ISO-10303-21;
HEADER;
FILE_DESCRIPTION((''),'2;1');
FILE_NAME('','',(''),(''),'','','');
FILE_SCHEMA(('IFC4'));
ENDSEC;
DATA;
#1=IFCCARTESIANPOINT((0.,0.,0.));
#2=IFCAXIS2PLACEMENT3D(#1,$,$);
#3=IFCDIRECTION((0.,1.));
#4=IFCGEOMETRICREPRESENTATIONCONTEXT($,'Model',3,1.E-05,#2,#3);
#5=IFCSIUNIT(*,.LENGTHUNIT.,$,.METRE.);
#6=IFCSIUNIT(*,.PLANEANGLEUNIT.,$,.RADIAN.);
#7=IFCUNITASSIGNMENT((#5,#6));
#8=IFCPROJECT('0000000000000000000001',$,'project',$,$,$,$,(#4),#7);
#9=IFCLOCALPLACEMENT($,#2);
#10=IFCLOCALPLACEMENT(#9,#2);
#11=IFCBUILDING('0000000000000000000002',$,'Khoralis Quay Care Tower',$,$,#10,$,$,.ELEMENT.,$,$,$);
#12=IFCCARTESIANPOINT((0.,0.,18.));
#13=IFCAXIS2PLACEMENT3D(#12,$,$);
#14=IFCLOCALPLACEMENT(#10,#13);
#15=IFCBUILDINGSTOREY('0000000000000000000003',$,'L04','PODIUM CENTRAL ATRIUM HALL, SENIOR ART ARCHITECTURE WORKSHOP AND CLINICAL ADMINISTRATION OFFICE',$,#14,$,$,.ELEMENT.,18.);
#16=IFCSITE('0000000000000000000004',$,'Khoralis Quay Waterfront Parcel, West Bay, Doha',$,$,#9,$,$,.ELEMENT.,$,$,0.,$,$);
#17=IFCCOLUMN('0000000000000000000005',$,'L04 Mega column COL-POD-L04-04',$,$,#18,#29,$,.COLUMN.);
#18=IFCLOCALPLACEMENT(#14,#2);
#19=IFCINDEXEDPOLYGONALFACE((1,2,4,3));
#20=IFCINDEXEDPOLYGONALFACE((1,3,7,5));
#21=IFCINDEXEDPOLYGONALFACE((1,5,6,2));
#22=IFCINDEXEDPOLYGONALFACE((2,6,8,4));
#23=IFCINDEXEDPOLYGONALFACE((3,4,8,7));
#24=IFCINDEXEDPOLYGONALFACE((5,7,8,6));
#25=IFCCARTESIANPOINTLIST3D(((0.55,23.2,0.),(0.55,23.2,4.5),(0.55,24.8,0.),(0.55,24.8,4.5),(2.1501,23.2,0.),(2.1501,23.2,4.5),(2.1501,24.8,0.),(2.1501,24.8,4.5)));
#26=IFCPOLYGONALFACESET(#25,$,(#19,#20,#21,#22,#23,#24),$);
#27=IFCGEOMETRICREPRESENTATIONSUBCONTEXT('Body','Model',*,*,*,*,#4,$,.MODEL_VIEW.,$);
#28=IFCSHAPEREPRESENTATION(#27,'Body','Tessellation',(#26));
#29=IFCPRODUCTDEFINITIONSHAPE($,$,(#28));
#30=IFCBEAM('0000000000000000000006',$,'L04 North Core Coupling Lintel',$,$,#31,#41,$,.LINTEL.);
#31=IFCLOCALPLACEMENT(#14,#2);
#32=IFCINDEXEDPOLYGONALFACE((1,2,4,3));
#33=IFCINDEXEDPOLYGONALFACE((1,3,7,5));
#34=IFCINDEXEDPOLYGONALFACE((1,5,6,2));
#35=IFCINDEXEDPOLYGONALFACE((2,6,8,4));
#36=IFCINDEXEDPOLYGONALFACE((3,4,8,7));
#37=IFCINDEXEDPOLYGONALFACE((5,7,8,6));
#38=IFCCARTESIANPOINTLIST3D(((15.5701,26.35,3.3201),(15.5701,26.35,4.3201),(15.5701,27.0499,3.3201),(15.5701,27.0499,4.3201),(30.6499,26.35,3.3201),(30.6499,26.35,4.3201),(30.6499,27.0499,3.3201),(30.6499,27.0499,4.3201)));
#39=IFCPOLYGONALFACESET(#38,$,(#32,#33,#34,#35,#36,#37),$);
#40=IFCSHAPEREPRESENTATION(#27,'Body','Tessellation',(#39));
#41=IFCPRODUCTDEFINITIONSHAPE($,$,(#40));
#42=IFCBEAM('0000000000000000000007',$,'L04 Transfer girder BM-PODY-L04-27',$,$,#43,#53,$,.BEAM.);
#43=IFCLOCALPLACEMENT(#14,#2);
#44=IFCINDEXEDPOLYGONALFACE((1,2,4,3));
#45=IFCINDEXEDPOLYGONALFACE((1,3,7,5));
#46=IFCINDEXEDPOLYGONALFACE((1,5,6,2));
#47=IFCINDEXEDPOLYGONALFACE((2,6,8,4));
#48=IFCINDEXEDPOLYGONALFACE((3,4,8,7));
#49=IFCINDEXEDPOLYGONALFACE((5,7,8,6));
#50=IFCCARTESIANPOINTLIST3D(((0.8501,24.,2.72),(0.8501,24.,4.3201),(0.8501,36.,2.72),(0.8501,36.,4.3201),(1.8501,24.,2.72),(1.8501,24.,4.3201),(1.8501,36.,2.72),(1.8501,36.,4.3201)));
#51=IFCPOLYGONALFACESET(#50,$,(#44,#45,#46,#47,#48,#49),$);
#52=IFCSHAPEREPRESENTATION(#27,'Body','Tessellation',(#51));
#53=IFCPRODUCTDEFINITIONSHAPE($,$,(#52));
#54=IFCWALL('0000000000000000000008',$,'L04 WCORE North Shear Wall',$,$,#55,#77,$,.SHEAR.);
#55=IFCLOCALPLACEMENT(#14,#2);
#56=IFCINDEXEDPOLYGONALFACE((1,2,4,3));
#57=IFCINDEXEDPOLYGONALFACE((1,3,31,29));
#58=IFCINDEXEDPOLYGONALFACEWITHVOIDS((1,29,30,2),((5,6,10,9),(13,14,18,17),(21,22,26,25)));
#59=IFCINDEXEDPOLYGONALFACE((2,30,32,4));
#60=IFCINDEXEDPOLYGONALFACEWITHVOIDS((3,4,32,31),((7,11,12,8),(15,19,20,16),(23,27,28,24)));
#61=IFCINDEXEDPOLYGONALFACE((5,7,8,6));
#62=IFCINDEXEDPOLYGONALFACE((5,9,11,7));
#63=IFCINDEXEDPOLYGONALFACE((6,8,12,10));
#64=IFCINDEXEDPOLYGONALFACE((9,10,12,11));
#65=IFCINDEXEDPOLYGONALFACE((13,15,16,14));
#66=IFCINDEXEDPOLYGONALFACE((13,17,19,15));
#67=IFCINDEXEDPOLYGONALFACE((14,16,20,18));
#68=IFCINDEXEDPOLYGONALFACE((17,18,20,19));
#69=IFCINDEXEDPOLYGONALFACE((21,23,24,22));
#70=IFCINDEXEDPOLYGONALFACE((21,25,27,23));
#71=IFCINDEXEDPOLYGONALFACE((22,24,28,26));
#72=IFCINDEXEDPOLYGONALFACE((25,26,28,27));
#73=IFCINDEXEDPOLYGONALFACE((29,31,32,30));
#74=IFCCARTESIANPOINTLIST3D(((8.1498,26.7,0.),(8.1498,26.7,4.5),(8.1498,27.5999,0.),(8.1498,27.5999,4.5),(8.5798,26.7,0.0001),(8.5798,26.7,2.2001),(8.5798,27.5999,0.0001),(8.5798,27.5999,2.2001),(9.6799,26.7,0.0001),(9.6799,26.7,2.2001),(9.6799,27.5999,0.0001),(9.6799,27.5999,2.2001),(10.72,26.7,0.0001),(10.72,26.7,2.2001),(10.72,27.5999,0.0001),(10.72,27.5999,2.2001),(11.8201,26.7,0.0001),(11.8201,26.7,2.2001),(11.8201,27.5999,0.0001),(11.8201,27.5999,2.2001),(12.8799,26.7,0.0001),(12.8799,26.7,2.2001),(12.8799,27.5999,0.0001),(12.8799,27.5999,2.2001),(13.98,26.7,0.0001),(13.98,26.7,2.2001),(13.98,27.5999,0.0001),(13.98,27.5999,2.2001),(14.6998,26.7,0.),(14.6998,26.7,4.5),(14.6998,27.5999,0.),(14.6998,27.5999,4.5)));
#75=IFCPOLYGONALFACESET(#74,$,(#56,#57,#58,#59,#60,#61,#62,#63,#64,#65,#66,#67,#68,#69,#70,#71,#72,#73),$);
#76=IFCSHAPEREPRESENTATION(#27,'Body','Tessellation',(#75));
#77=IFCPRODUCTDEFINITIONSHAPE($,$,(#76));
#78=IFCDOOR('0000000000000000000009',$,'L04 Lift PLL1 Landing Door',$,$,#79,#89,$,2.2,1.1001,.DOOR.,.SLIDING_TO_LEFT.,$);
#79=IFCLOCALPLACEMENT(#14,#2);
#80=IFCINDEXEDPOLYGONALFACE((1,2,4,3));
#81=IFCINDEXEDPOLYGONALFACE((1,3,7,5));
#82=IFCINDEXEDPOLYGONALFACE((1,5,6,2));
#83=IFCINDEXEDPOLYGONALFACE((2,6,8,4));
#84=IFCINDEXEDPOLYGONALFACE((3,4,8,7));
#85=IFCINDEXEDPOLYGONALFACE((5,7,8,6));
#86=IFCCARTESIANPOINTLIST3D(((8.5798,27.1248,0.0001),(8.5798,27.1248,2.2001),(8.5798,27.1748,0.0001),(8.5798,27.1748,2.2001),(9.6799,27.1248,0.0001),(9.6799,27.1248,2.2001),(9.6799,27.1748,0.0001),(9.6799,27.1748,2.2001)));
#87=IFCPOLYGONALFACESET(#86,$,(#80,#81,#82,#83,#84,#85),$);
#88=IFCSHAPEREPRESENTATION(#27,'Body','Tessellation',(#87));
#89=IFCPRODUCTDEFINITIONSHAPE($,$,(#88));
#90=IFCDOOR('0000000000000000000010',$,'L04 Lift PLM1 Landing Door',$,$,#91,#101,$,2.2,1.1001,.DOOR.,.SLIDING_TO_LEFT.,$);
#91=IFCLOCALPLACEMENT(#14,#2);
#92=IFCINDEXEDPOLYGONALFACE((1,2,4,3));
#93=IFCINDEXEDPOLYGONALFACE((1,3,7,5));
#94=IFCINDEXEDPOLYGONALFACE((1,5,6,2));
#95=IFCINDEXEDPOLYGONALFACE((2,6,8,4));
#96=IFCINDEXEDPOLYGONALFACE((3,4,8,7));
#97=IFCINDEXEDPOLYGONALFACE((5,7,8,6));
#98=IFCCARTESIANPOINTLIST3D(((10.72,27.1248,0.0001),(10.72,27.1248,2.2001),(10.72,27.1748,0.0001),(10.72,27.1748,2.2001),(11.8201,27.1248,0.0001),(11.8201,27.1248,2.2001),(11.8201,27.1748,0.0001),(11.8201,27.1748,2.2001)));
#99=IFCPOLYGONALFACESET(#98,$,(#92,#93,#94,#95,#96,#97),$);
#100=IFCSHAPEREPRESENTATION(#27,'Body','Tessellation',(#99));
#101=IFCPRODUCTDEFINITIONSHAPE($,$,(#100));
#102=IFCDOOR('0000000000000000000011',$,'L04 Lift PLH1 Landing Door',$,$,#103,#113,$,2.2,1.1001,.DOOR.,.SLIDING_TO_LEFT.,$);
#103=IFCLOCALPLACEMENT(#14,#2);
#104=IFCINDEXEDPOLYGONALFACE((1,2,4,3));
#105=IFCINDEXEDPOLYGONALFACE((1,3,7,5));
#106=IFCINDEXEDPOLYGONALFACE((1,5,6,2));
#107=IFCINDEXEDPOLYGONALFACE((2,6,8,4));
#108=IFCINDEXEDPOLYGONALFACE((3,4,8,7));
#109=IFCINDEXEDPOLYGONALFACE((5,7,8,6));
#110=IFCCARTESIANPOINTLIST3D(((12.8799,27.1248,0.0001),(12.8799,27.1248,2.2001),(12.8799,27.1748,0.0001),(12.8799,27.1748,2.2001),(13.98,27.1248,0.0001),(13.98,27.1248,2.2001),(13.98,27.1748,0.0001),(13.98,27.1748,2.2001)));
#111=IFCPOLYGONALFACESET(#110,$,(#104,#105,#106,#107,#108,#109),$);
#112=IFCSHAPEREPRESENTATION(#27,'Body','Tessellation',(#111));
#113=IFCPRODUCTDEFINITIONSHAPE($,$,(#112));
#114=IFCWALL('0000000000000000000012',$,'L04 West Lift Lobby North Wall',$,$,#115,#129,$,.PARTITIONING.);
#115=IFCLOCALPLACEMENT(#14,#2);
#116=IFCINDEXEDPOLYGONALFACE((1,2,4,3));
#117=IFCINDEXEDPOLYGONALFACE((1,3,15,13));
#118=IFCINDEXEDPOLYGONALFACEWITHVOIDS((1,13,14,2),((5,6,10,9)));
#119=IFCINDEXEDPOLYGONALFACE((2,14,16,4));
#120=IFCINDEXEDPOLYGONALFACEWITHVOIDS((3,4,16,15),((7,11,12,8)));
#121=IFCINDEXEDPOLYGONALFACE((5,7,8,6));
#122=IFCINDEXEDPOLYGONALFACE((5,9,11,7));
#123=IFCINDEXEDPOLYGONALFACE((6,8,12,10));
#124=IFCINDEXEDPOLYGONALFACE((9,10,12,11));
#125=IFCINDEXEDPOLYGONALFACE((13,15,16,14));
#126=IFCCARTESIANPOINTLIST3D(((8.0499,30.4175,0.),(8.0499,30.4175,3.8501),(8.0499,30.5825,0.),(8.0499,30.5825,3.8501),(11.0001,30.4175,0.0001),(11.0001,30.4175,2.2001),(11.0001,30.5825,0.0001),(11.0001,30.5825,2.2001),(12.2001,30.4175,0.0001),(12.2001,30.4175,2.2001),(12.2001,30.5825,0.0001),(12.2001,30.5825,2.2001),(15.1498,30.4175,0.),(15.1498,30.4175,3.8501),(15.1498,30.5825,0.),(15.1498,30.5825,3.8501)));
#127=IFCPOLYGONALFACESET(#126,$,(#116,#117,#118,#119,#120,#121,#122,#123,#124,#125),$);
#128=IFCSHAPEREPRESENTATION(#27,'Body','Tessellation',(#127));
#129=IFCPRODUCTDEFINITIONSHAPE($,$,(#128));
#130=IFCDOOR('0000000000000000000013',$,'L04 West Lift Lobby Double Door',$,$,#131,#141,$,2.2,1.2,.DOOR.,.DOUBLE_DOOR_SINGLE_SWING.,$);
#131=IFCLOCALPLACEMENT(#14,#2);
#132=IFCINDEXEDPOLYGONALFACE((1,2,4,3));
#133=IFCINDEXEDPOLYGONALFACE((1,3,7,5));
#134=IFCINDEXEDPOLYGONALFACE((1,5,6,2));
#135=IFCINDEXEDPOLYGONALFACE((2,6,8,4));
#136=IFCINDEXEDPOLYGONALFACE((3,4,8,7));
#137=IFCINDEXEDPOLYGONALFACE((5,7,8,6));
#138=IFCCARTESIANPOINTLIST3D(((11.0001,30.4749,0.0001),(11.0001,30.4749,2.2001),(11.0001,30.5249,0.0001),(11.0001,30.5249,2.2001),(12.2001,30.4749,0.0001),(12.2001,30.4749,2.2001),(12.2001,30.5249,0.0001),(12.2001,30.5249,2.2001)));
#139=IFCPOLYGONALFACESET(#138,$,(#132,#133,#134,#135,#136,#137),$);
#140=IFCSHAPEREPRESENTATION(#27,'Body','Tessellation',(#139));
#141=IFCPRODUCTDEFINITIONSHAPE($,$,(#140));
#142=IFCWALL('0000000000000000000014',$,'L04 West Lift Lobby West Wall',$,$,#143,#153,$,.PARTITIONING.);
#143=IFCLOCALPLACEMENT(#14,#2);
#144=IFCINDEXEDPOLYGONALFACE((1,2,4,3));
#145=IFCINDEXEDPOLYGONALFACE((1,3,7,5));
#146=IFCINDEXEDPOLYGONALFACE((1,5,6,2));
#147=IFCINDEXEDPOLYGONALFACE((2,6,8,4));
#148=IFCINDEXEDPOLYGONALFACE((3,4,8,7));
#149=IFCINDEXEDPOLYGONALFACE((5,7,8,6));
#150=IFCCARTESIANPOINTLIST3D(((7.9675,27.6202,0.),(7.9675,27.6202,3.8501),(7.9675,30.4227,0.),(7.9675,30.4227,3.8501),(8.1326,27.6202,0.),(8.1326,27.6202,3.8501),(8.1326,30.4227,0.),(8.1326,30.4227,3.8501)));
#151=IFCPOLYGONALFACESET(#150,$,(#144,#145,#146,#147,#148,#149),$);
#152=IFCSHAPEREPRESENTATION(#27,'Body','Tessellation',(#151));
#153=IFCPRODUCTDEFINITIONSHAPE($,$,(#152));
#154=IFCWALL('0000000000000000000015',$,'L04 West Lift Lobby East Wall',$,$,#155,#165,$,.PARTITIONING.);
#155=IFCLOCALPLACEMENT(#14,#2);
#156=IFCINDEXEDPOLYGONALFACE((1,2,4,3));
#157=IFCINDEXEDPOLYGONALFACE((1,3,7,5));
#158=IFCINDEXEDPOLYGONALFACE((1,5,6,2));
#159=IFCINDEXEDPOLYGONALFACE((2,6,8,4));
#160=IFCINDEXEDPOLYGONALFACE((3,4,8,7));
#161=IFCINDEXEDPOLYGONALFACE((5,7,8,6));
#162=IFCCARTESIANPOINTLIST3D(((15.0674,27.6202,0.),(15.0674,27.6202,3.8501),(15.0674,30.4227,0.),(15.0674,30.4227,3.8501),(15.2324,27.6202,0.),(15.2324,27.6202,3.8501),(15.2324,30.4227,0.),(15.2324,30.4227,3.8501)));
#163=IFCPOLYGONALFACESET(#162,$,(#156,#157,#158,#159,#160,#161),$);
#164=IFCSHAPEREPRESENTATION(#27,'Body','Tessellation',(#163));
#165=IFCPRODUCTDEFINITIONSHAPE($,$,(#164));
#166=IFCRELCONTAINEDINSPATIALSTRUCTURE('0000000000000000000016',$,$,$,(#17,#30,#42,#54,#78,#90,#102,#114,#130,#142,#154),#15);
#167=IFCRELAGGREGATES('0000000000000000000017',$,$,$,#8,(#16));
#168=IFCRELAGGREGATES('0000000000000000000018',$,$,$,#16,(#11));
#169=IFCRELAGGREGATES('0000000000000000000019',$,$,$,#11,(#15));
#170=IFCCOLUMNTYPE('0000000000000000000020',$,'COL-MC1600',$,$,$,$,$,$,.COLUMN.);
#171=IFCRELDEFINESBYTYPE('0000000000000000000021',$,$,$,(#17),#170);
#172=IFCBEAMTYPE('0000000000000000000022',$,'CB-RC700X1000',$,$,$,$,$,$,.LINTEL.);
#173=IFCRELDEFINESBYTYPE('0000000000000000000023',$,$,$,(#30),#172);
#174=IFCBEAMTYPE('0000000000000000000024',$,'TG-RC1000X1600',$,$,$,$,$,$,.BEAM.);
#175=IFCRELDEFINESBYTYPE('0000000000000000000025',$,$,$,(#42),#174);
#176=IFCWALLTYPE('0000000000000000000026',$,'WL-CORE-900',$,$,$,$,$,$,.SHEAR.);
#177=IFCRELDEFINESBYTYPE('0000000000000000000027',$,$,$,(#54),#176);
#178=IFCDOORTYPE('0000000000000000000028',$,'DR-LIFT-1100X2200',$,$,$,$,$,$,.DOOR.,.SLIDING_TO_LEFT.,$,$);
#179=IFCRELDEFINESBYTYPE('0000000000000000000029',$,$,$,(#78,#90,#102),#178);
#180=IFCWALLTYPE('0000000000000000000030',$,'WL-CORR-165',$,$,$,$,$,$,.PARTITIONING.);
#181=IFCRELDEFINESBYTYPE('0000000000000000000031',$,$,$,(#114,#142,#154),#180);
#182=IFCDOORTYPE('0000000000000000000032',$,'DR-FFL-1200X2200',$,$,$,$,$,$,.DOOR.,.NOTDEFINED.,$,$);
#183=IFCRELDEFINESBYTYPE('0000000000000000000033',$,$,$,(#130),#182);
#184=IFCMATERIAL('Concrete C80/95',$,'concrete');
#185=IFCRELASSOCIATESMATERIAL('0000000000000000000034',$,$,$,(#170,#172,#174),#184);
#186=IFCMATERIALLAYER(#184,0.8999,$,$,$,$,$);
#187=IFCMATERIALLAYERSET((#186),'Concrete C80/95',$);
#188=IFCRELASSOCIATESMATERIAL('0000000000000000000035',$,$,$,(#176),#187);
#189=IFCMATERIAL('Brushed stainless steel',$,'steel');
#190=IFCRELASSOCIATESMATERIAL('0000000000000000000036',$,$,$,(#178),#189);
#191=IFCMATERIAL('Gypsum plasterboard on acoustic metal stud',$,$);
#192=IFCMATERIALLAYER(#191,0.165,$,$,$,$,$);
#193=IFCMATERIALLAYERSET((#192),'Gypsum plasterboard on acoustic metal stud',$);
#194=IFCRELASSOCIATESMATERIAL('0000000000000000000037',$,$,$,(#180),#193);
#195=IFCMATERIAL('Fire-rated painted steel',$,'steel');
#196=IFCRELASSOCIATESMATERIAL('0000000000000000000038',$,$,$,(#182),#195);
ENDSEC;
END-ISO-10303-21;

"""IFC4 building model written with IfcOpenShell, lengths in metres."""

from ifc_helpers import new_model, si_unit, direction, frame, frame_2d, origin, origin_2d, place, context, subcontext, project, spatial, rectangle, extrude, source, transform, mapped, material, layer, layer_set, material_profile, profile_set, type_object, element, fill, save


model = new_model("IFC4")

# Units and contexts
model_context = context("Model", 3, precision=1e-05, world=origin(), true_north=direction((0.0, 1.0)))
body_context = subcontext(model_context, "Body", "Model", "MODEL_VIEW")
ifc_project = project(units=[si_unit("LENGTHUNIT", "METRE"), si_unit("PLANEANGLEUNIT", "RADIAN")], contexts=[model_context])

# Site, building, storey
site_placement = place(None, origin())
site = spatial("IfcSite", under=ifc_project, at=site_placement, Name="Khoralis Quay Waterfront Parcel, West Bay, Doha", CompositionType="ELEMENT", RefElevation=0.0)
building_placement = place(site_placement, origin())
building = spatial("IfcBuilding", under=site, at=building_placement, Name="Khoralis Quay Care Tower", CompositionType="ELEMENT")
storey_placement = place(building_placement, frame((0.0, 0.0, 18.0)))
storey = spatial("IfcBuildingStorey", under=building, at=storey_placement, Name="L04", Description="PODIUM CENTRAL ATRIUM HALL, SENIOR ART ARCHITECTURE WORKSHOP AND CLINICAL ADMINISTRATION OFFICE", CompositionType="ELEMENT", Elevation=18.0)

# Column
ifc_material_1 = material(Name="Concrete C80/95", Category="concrete")
ifc_material_profile_1 = material_profile(ifc_material_1, rectangle(XDim=1.6001, YDim=1.6001, at=origin_2d()), Name="Concrete C80/95")
ifc_profile_set_1 = profile_set([ifc_material_profile_1], Name="Concrete C80/95")
column_type = type_object("IfcColumnType", Name="COL-MC1600", PredefinedType="COLUMN", material=ifc_profile_set_1)
shared_shape_1 = source(origin(), body_context, "Body", "SweptSolid", [
    extrude(rectangle(XDim=1.6001, YDim=1.6001, at=origin_2d()), origin(), (0.0, 0.0, 1.0), 4.5),
])
column_placement = place(storey_placement, frame((1.3501, 24.0, 0.0), z_axis=(0.0, 0.0, 1.0), x_axis=(1.0, 0.0, 0.0)))
element("IfcColumn", 1, at=column_placement, inside=storey, type_object=column_type, Name="L04 Mega column COL-POD-L04-04", PredefinedType="COLUMN", context=body_context, shape_type="MappedRepresentation", body=[
    mapped(shared_shape_1, transform((0.0, 0.0, 0.0), scale=1.0)),
])

# Beams
ifc_material_profile_2 = material_profile(ifc_material_1, rectangle(XDim=0.7, YDim=1.0, at=origin_2d()), Name="Concrete C80/95")
ifc_profile_set_2 = profile_set([ifc_material_profile_2], Name="Concrete C80/95")
beam_type_1 = type_object("IfcBeamType", Name="CB-RC700X1000", PredefinedType="LINTEL", material=ifc_profile_set_2)
shared_shape_2 = source(origin(), body_context, "Body", "SweptSolid", [
    extrude(rectangle(XDim=0.7, YDim=1.0, at=origin_2d()), origin(), (0.0, 0.0, 1.0), 15.0798),
])
beam_1_placement = place(storey_placement, frame((15.5701, 26.7, 3.8201), z_axis=(1.0, 0.0, 0.0), x_axis=(0.0, 1.0, 0.0)))
element("IfcBeam", 2, at=beam_1_placement, inside=storey, type_object=beam_type_1, Name="L04 North Core Coupling Lintel", PredefinedType="LINTEL", context=body_context, shape_type="MappedRepresentation", body=[
    mapped(shared_shape_2, transform((0.0, 0.0, 0.0), scale=1.0)),
])
ifc_material_profile_3 = material_profile(ifc_material_1, rectangle(XDim=1.0, YDim=1.6001, at=origin_2d()), Name="Concrete C80/95")
ifc_profile_set_3 = profile_set([ifc_material_profile_3], Name="Concrete C80/95")
beam_type_2 = type_object("IfcBeamType", Name="TG-RC1000X1600", PredefinedType="BEAM", material=ifc_profile_set_3)
shared_shape_3 = source(origin(), body_context, "Body", "SweptSolid", [
    extrude(rectangle(XDim=1.0, YDim=1.6001, at=origin_2d()), origin(), (0.0, 0.0, 1.0), 12.0),
])
beam_2_placement = place(storey_placement, frame((1.3501, 24.0, 3.52), z_axis=(0.0, 1.0, 0.0), x_axis=(-1.0, 0.0, 0.0)))
element("IfcBeam", 3, at=beam_2_placement, inside=storey, type_object=beam_type_2, Name="L04 Transfer girder BM-PODY-L04-27", PredefinedType="BEAM", context=body_context, shape_type="MappedRepresentation", body=[
    mapped(shared_shape_3, transform((0.0, 0.0, 0.0), scale=1.0)),
])

# Wall, openings, doors
ifc_layer_1 = layer(ifc_material_1, 0.8999)
ifc_layer_set_1 = layer_set([ifc_layer_1], Name="Concrete C80/95")
wall_type_1 = type_object("IfcWallType", Name="WL-CORE-900", PredefinedType="SHEAR", material=ifc_layer_set_1)
wall_1_placement = place(storey_placement, frame((8.1499, 27.1499, 0.0), z_axis=(0.0, 0.0, 1.0), x_axis=(1.0, 0.0, 0.0)))
wall_1 = element("IfcWall", 4, at=wall_1_placement, inside=storey, type_object=wall_type_1, Name="L04 WCORE North Shear Wall", PredefinedType="SHEAR", context=body_context, shape_type="SweptSolid", body=[
    extrude(rectangle(XDim=6.55, YDim=0.8999, at=frame_2d((3.2749, 0.0))), origin(), (0.0, 0.0, 1.0), 4.5),
])
opening_1_placement = place(wall_1_placement, frame((0.4299, 0.0, 0.0)))
opening_1 = element("IfcOpeningElement", 5, at=opening_1_placement, cuts=wall_1, PredefinedType="OPENING", context=body_context, shape_type="SweptSolid", body=[
    extrude(rectangle(XDim=1.1001, YDim=2.2, at=frame_2d((0.55, 1.1001))), frame((0.0, 0.46, 0.0), z_axis=(0.0, -1.0, 0.0), x_axis=(1.0, 0.0, 0.0)), (0.0, 0.0, 1.0), 0.9199),
])
opening_2_placement = place(wall_1_placement, frame((2.5701, 0.0, 0.0)))
opening_2 = element("IfcOpeningElement", 6, at=opening_2_placement, cuts=wall_1, PredefinedType="OPENING", context=body_context, shape_type="SweptSolid", body=[
    extrude(rectangle(XDim=1.1001, YDim=2.2, at=frame_2d((0.55, 1.1001))), frame((0.0, 0.46, 0.0), z_axis=(0.0, -1.0, 0.0), x_axis=(1.0, 0.0, 0.0)), (0.0, 0.0, 1.0), 0.9199),
])
opening_3_placement = place(wall_1_placement, frame((4.73, 0.0, 0.0)))
opening_3 = element("IfcOpeningElement", 7, at=opening_3_placement, cuts=wall_1, PredefinedType="OPENING", context=body_context, shape_type="SweptSolid", body=[
    extrude(rectangle(XDim=1.1001, YDim=2.2, at=frame_2d((0.55, 1.1001))), frame((0.0, 0.46, 0.0), z_axis=(0.0, -1.0, 0.0), x_axis=(1.0, 0.0, 0.0)), (0.0, 0.0, 1.0), 0.9199),
])
ifc_material_2 = material(Name="Brushed stainless steel", Category="steel")
door_type_1 = type_object("IfcDoorType", Name="DR-LIFT-1100X2200", OperationType="SLIDING_TO_LEFT", PredefinedType="DOOR", material=ifc_material_2)
shared_shape_4 = source(origin(), body_context, "Body", "SweptSolid", [
    extrude(rectangle(XDim=1.1001, YDim=2.2, at=frame_2d((0.55, 1.1001))), frame((0.0, 0.0249, 0.0), z_axis=(0.0, -1.0, 0.0), x_axis=(1.0, 0.0, 0.0)), (0.0, 0.0, 1.0), 0.05),
])
door_1_placement = place(opening_1_placement, origin())
door_1 = element("IfcDoor", 8, at=door_1_placement, inside=storey, type_object=door_type_1, Name="L04 Lift PLL1 Landing Door", OperationType="SLIDING_TO_LEFT", OverallHeight=2.2, OverallWidth=1.1001, PredefinedType="DOOR", context=body_context, shape_type="MappedRepresentation", body=[
    mapped(shared_shape_4, transform((0.0, 0.0, 0.0), scale=1.0)),
])
fill(opening_1, door_1)
door_2_placement = place(opening_2_placement, origin())
door_2 = element("IfcDoor", 9, at=door_2_placement, inside=storey, type_object=door_type_1, Name="L04 Lift PLM1 Landing Door", OperationType="SLIDING_TO_LEFT", OverallHeight=2.2, OverallWidth=1.1001, PredefinedType="DOOR", context=body_context, shape_type="MappedRepresentation", body=[
    mapped(shared_shape_4, transform((0.0, 0.0, 0.0), scale=1.0)),
])
fill(opening_2, door_2)
door_3_placement = place(opening_3_placement, origin())
door_3 = element("IfcDoor", 10, at=door_3_placement, inside=storey, type_object=door_type_1, Name="L04 Lift PLH1 Landing Door", OperationType="SLIDING_TO_LEFT", OverallHeight=2.2, OverallWidth=1.1001, PredefinedType="DOOR", context=body_context, shape_type="MappedRepresentation", body=[
    mapped(shared_shape_4, transform((0.0, 0.0, 0.0), scale=1.0)),
])
fill(opening_3, door_3)

# Wall, opening, door
ifc_material_3 = material(Name="Gypsum plasterboard on acoustic metal stud")
ifc_layer_2 = layer(ifc_material_3, 0.165)
ifc_layer_set_2 = layer_set([ifc_layer_2], Name="Gypsum plasterboard on acoustic metal stud")
wall_type_2 = type_object("IfcWallType", Name="WL-CORR-165", PredefinedType="PARTITIONING", material=ifc_layer_set_2)
wall_2_placement = place(storey_placement, frame((8.05, 30.5, 0.0), z_axis=(0.0, 0.0, 1.0), x_axis=(1.0, 0.0, 0.0)))
wall_2 = element("IfcWall", 11, at=wall_2_placement, inside=storey, type_object=wall_type_2, Name="L04 West Lift Lobby North Wall", PredefinedType="PARTITIONING", context=body_context, shape_type="SweptSolid", body=[
    extrude(rectangle(XDim=7.0999, YDim=0.165, at=frame_2d((3.5498, 0.0))), origin(), (0.0, 0.0, 1.0), 3.8501),
])
opening_4_placement = place(wall_2_placement, frame((2.95, 0.0, 0.0)))
opening_4 = element("IfcOpeningElement", 12, at=opening_4_placement, cuts=wall_2, PredefinedType="OPENING", context=body_context, shape_type="SweptSolid", body=[
    extrude(rectangle(XDim=1.2, YDim=2.2, at=frame_2d((0.6001, 1.1001))), frame((0.0, 0.0925, 0.0), z_axis=(0.0, -1.0, 0.0), x_axis=(1.0, 0.0, 0.0)), (0.0, 0.0, 1.0), 0.1851),
])
ifc_material_4 = material(Name="Fire-rated painted steel", Category="steel")
door_type_2 = type_object("IfcDoorType", Name="DR-FFL-1200X2200", OperationType="NOTDEFINED", PredefinedType="DOOR", material=ifc_material_4)
shared_shape_5 = source(origin(), body_context, "Body", "SweptSolid", [
    extrude(rectangle(XDim=1.2, YDim=2.2, at=frame_2d((0.6001, 1.1001))), frame((0.0, 0.0249, 0.0), z_axis=(0.0, -1.0, 0.0), x_axis=(1.0, 0.0, 0.0)), (0.0, 0.0, 1.0), 0.05),
])
door_4_placement = place(opening_4_placement, origin())
door_4 = element("IfcDoor", 13, at=door_4_placement, inside=storey, type_object=door_type_2, Name="L04 West Lift Lobby Double Door", OperationType="DOUBLE_DOOR_SINGLE_SWING", OverallHeight=2.2, OverallWidth=1.2, PredefinedType="DOOR", context=body_context, shape_type="MappedRepresentation", body=[
    mapped(shared_shape_5, transform((0.0, 0.0, 0.0), scale=1.0)),
])
fill(opening_4, door_4)

# Walls
for number, where, z_axis, x_axis, name in (
    (14, (8.05, 27.6201, 0.0), (0.0, 0.0, 1.0), (0.0, 1.0, 0.0), "L04 West Lift Lobby West Wall"),
    (15, (15.1499, 27.6201, 0.0), (0.0, 0.0, 1.0), (0.0, 1.0, 0.0), "L04 West Lift Lobby East Wall"),
):
    element("IfcWall", number, at=place(storey_placement, frame(where, z_axis=z_axis, x_axis=x_axis)), inside=storey, type_object=wall_type_2, Name=name, PredefinedType="PARTITIONING", context=body_context, shape_type="SweptSolid", body=[
        extrude(rectangle(XDim=2.8025, YDim=0.165, at=frame_2d((1.4014, 0.0))), origin(), (0.0, 0.0, 1.0), 3.8501),
    ])

save(model, "model.ifc")
